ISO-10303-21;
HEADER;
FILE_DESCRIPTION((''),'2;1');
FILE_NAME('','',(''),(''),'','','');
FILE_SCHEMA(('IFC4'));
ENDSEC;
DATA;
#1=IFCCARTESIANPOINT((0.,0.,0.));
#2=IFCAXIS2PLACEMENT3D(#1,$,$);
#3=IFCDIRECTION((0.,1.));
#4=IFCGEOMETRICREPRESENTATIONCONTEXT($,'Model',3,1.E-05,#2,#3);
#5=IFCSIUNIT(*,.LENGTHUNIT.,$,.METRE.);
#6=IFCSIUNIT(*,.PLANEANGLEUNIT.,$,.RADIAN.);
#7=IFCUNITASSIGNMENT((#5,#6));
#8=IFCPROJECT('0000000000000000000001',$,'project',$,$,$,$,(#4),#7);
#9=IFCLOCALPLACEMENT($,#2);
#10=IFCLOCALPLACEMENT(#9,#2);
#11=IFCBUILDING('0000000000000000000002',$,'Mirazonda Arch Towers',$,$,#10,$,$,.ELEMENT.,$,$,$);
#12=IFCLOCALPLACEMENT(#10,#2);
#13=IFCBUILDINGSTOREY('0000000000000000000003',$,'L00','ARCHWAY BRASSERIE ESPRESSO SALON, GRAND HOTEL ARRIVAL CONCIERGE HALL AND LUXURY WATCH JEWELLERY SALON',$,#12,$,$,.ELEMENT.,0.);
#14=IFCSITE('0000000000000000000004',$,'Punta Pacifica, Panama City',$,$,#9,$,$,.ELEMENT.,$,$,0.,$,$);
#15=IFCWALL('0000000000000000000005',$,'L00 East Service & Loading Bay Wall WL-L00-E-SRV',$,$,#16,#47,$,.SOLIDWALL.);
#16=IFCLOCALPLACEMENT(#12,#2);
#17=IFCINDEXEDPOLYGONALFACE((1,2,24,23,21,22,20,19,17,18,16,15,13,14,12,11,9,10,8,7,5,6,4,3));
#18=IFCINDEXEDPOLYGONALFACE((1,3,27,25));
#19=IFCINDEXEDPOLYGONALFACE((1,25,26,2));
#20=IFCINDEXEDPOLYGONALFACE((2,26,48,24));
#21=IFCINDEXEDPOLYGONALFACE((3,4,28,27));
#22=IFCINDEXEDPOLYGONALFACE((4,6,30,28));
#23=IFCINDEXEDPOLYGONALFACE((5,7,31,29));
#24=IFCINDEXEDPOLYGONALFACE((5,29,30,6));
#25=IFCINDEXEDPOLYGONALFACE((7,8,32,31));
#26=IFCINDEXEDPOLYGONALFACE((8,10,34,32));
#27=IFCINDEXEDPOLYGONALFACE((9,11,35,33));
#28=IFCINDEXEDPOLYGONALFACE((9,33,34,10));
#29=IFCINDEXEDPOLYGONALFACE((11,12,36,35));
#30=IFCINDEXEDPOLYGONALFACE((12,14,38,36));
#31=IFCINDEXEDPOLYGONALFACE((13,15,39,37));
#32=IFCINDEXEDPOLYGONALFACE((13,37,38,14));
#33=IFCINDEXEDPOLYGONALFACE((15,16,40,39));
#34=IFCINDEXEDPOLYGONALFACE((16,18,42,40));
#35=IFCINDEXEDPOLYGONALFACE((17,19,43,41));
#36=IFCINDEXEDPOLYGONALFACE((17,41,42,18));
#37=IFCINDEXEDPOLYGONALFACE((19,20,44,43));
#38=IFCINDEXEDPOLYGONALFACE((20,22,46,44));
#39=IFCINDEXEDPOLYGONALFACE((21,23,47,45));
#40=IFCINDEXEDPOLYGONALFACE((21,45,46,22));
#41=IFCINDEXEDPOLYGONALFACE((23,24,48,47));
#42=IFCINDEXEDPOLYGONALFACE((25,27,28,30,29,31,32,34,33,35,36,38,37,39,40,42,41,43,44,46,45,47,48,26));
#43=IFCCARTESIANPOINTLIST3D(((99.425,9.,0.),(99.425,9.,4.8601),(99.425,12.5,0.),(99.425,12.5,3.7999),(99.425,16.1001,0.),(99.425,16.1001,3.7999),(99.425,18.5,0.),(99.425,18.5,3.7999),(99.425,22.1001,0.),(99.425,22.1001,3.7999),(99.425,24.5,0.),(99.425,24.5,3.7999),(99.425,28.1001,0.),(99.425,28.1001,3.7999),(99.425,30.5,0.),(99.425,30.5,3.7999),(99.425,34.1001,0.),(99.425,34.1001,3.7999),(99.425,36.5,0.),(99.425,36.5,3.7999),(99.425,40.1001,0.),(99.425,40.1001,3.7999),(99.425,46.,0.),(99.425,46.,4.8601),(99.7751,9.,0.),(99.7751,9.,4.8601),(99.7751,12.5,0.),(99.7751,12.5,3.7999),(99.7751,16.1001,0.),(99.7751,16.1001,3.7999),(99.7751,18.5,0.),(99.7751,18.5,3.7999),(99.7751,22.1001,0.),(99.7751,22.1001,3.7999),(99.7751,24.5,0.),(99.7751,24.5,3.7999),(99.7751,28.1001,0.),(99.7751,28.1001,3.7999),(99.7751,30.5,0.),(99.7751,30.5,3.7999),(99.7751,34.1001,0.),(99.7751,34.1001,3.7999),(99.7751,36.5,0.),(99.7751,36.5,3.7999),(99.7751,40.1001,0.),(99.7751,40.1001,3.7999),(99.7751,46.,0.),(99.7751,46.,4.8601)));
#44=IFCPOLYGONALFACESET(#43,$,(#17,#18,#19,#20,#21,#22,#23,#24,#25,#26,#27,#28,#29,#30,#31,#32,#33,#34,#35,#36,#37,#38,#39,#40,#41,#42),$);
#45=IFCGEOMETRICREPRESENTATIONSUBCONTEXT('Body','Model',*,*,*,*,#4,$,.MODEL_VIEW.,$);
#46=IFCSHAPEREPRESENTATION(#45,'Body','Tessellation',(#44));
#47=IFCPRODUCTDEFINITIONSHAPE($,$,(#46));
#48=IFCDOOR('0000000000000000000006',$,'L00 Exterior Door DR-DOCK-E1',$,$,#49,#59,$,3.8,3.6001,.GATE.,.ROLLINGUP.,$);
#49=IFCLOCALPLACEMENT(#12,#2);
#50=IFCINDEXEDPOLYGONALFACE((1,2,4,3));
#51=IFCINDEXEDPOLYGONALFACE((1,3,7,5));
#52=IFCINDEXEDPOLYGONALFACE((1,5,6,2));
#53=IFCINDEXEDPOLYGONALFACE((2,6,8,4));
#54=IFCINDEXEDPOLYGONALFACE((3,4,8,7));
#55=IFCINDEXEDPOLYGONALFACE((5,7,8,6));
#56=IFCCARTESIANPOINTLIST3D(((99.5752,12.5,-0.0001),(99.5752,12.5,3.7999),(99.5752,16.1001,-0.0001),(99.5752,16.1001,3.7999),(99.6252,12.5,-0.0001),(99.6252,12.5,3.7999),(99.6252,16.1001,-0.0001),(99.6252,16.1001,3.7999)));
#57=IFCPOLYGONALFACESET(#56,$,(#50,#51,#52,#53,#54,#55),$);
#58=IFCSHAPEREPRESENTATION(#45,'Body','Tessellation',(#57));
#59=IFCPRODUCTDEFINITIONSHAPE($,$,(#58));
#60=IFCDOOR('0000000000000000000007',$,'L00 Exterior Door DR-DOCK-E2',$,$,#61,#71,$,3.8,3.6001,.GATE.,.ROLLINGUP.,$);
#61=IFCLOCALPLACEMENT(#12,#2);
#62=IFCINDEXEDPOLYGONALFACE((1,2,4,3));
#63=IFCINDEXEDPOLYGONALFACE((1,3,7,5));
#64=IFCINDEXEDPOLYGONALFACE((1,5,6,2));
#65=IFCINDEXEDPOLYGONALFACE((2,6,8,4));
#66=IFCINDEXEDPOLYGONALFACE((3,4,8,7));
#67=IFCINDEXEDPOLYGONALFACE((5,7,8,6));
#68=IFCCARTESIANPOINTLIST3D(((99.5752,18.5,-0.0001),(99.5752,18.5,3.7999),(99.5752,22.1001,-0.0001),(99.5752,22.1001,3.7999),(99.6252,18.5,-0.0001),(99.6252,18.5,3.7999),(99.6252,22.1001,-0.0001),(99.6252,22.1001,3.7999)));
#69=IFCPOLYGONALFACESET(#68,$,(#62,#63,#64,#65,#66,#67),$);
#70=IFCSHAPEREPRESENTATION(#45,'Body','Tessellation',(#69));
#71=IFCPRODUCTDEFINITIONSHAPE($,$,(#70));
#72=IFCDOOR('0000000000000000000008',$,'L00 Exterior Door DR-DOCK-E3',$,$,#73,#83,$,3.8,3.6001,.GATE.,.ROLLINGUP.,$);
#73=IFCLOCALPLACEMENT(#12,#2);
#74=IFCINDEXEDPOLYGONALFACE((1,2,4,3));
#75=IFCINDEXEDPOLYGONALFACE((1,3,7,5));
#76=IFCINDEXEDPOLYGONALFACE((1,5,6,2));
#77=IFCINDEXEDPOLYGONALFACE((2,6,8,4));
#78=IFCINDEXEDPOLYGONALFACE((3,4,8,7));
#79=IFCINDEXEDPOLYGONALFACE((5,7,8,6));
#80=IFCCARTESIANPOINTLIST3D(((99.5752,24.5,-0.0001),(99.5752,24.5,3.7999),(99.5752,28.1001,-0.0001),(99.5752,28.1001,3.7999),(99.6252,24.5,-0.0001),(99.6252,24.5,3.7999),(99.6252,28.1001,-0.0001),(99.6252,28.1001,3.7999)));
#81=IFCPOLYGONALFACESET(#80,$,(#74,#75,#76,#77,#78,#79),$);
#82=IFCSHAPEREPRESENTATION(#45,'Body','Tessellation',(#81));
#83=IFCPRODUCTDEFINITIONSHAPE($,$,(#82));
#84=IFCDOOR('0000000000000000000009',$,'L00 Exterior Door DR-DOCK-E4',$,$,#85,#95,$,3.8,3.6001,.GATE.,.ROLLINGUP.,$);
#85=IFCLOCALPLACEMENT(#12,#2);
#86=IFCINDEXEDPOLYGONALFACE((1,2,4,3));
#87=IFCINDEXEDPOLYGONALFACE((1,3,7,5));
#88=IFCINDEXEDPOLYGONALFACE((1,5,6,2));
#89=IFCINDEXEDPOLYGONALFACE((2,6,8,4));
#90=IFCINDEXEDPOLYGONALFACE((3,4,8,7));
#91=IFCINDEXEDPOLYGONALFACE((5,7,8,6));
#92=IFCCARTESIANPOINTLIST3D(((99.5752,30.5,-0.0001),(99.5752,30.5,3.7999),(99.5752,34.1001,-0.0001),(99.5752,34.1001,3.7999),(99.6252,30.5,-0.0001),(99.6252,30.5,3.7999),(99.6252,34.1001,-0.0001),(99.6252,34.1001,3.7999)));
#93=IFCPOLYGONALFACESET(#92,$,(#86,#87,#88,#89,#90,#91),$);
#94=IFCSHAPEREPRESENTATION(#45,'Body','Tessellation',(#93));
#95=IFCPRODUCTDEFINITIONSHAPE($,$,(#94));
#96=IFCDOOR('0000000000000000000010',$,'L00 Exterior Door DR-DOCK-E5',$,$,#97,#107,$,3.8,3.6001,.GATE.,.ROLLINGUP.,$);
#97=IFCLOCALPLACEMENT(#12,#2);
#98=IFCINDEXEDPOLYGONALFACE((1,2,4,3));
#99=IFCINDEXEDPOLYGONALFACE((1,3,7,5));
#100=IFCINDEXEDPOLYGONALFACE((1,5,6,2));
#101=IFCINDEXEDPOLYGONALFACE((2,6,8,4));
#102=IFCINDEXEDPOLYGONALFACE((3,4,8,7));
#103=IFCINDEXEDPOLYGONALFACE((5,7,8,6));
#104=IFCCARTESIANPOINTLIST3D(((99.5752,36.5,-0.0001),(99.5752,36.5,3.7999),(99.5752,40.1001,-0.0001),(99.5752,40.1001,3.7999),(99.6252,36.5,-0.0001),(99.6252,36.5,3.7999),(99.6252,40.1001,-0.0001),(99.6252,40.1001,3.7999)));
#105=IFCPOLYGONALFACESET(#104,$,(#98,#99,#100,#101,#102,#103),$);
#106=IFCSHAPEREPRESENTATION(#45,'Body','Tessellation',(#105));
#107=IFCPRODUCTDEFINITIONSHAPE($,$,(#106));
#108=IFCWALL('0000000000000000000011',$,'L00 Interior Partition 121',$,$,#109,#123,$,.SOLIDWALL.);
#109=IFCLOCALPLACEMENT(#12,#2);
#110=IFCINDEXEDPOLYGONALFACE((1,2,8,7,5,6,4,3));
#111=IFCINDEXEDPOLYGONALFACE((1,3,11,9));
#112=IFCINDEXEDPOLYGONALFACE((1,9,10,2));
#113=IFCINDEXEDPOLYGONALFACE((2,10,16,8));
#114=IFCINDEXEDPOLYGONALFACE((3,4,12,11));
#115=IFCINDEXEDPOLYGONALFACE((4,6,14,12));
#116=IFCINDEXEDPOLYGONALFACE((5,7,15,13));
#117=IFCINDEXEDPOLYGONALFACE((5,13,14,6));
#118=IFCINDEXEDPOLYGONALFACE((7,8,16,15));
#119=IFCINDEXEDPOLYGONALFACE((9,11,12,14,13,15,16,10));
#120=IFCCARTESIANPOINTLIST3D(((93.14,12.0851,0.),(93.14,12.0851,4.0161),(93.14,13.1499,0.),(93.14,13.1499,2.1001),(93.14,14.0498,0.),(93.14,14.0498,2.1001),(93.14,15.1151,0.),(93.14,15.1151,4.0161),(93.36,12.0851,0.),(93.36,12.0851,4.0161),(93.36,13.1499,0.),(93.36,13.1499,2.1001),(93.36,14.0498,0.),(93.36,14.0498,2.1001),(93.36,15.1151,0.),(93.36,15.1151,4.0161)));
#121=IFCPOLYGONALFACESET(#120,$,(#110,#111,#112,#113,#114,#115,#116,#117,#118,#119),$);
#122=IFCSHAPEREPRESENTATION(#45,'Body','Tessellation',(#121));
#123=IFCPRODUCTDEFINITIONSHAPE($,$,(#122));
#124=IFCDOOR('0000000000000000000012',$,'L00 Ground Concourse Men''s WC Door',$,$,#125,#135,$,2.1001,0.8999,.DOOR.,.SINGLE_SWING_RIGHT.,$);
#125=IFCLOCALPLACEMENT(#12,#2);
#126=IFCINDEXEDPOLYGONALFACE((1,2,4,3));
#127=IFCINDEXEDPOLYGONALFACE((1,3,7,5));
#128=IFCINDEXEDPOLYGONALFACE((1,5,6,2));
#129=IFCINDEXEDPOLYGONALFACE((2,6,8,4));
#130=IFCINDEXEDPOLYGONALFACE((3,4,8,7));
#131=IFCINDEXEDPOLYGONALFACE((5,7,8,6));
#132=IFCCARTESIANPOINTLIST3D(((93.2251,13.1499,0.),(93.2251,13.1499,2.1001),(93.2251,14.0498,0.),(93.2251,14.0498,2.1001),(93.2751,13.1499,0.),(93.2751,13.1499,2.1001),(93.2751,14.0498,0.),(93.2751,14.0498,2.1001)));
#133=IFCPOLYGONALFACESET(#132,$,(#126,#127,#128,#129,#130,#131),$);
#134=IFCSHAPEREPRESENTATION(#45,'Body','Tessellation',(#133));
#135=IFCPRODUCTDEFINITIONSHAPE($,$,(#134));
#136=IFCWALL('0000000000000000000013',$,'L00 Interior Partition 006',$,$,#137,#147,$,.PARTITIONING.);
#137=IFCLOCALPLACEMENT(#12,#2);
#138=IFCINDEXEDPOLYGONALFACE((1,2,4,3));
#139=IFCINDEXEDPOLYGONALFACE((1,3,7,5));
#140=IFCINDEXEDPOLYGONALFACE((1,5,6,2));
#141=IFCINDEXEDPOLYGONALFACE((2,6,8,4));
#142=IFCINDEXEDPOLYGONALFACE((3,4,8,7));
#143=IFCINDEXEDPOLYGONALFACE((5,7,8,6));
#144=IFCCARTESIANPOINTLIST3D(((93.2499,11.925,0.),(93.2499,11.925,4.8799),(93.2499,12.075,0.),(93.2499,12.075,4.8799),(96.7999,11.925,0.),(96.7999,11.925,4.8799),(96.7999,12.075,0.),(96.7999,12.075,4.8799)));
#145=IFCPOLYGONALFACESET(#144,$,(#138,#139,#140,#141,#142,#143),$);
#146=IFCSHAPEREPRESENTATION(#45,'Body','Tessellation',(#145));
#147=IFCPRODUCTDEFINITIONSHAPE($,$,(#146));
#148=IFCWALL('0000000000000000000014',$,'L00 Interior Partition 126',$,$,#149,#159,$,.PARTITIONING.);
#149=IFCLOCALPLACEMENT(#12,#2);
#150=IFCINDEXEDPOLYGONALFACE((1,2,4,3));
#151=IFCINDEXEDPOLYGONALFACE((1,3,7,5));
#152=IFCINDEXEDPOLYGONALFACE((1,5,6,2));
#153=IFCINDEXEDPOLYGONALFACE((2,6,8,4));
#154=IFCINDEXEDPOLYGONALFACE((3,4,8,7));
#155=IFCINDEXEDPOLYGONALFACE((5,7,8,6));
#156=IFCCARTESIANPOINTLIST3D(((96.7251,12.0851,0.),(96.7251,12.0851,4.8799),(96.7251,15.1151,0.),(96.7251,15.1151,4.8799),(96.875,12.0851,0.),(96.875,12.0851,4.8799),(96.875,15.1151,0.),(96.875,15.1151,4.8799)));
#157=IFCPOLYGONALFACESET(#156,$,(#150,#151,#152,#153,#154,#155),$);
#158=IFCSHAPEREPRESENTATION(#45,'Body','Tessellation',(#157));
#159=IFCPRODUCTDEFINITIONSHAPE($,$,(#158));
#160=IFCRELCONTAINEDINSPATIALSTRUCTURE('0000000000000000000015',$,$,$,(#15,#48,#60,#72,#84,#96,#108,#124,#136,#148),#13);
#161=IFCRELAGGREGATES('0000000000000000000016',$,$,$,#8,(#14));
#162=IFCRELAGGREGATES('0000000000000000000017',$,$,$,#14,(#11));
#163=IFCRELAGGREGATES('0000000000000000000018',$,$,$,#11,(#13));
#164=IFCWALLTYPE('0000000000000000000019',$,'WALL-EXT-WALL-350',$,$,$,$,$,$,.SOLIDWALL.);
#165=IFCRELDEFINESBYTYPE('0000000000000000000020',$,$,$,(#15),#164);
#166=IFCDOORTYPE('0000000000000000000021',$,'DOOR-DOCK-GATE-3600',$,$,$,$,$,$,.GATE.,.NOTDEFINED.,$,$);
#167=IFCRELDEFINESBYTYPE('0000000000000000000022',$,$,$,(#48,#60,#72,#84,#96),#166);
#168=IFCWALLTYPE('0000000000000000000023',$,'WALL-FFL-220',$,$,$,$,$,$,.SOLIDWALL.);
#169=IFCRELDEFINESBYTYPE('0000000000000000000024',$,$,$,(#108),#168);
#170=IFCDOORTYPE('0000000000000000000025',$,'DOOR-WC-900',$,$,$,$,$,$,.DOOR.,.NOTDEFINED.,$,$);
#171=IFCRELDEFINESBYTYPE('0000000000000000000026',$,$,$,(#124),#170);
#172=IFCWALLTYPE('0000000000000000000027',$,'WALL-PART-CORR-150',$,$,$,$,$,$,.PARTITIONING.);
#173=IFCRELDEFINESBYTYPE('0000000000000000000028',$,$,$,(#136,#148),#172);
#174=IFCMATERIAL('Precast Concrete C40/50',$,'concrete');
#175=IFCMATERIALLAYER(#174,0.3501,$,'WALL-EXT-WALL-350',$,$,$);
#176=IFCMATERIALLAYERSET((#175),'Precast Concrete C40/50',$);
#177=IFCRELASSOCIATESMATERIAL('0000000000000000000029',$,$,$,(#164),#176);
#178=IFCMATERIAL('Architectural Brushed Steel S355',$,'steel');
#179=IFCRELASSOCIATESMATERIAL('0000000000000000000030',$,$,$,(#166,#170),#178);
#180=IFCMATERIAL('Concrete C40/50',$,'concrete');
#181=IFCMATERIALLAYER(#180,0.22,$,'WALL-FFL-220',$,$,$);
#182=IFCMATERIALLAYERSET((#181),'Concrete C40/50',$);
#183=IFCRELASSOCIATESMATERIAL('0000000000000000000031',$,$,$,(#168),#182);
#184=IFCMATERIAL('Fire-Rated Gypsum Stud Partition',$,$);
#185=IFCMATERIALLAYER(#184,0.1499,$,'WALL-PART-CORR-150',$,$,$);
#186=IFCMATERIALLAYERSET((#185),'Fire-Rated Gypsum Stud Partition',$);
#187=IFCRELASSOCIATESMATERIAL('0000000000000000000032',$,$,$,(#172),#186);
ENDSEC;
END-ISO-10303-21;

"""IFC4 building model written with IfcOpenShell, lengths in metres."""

from ifc_helpers import new_model, si_unit, direction, frame, frame_2d, origin, place, context, subcontext, project, spatial, rectangle, extrude, material, layer, layer_set, type_object, element, fill, save


model = new_model("IFC4")

# Units and contexts
model_context = context("Model", 3, precision=1e-05, world=origin(), true_north=direction((0.0, 1.0)))
body_context = subcontext(model_context, "Body", "Model", "MODEL_VIEW")
ifc_project = project(units=[si_unit("LENGTHUNIT", "METRE"), si_unit("PLANEANGLEUNIT", "RADIAN")], contexts=[model_context])

# Site, building, storey
site_placement = place(None, origin())
site = spatial("IfcSite", under=ifc_project, at=site_placement, Name="Punta Pacifica, Panama City", CompositionType="ELEMENT", RefElevation=0.0)
building_placement = place(site_placement, origin())
building = spatial("IfcBuilding", under=site, at=building_placement, Name="Mirazonda Arch Towers", CompositionType="ELEMENT")
storey_placement = place(building_placement, origin())
storey = spatial("IfcBuildingStorey", under=building, at=storey_placement, Name="L00", Description="ARCHWAY BRASSERIE ESPRESSO SALON, GRAND HOTEL ARRIVAL CONCIERGE HALL AND LUXURY WATCH JEWELLERY SALON", CompositionType="ELEMENT", Elevation=0.0)

# Shared definitions
ifc_material_1 = material(Name="Precast Concrete C40/50", Category="concrete")
ifc_layer_1 = layer(ifc_material_1, 0.3501, Name="WALL-EXT-WALL-350")
ifc_layer_set_1 = layer_set([ifc_layer_1], Name="Precast Concrete C40/50")
wall_type_1 = type_object("IfcWallType", Name="WALL-EXT-WALL-350", PredefinedType="SOLIDWALL", material=ifc_layer_set_1)
ifc_material_2 = material(Name="Architectural Brushed Steel S355", Category="steel")

# Wall, openings, doors
wall_1_placement = place(storey_placement, frame((99.6001, 9.0, 0.0), z_axis=(0.0, 0.0, 1.0), x_axis=(0.0, 1.0, 0.0)))
wall_1 = element("IfcWall", 1, at=wall_1_placement, inside=storey, type_object=wall_type_1, Name="L00 East Service & Loading Bay Wall WL-L00-E-SRV", PredefinedType="SOLIDWALL", context=body_context, shape_type="SweptSolid", body=[
    extrude(rectangle(XDim=37.0, YDim=0.3501, at=frame_2d((18.5, 0.0))), origin(), (0.0, 0.0, 1.0), 4.8601),
])
opening_1_placement = place(wall_1_placement, frame((3.5, 0.0, 0.0)))
opening_1 = element("IfcOpeningElement", 2, at=opening_1_placement, cuts=wall_1, PredefinedType="OPENING", context=body_context, shape_type="SweptSolid", body=[
    extrude(rectangle(XDim=3.6001, YDim=3.8, at=frame_2d((1.8, 1.8999))), frame((0.0, 0.1851, 0.0), z_axis=(0.0, -1.0, 0.0), x_axis=(1.0, 0.0, 0.0)), (0.0, 0.0, 1.0), 0.3701),
])
opening_2_placement = place(wall_1_placement, frame((9.5, 0.0, 0.0)))
opening_2 = element("IfcOpeningElement", 3, at=opening_2_placement, cuts=wall_1, PredefinedType="OPENING", context=body_context, shape_type="SweptSolid", body=[
    extrude(rectangle(XDim=3.6001, YDim=3.8, at=frame_2d((1.8, 1.8999))), frame((0.0, 0.1851, 0.0), z_axis=(0.0, -1.0, 0.0), x_axis=(1.0, 0.0, 0.0)), (0.0, 0.0, 1.0), 0.3701),
])
opening_3_placement = place(wall_1_placement, frame((15.5, 0.0, 0.0)))
opening_3 = element("IfcOpeningElement", 4, at=opening_3_placement, cuts=wall_1, PredefinedType="OPENING", context=body_context, shape_type="SweptSolid", body=[
    extrude(rectangle(XDim=3.6001, YDim=3.8, at=frame_2d((1.8, 1.8999))), frame((0.0, 0.1851, 0.0), z_axis=(0.0, -1.0, 0.0), x_axis=(1.0, 0.0, 0.0)), (0.0, 0.0, 1.0), 0.3701),
])
opening_4_placement = place(wall_1_placement, frame((21.5, 0.0, 0.0)))
opening_4 = element("IfcOpeningElement", 5, at=opening_4_placement, cuts=wall_1, PredefinedType="OPENING", context=body_context, shape_type="SweptSolid", body=[
    extrude(rectangle(XDim=3.6001, YDim=3.8, at=frame_2d((1.8, 1.8999))), frame((0.0, 0.1851, 0.0), z_axis=(0.0, -1.0, 0.0), x_axis=(1.0, 0.0, 0.0)), (0.0, 0.0, 1.0), 0.3701),
])
opening_5_placement = place(wall_1_placement, frame((27.5, 0.0, 0.0)))
opening_5 = element("IfcOpeningElement", 6, at=opening_5_placement, cuts=wall_1, PredefinedType="OPENING", context=body_context, shape_type="SweptSolid", body=[
    extrude(rectangle(XDim=3.6001, YDim=3.8, at=frame_2d((1.8, 1.8999))), frame((0.0, 0.1851, 0.0), z_axis=(0.0, -1.0, 0.0), x_axis=(1.0, 0.0, 0.0)), (0.0, 0.0, 1.0), 0.3701),
])
door_type_1 = type_object("IfcDoorType", Name="DOOR-DOCK-GATE-3600", OperationType="NOTDEFINED", PredefinedType="GATE", material=ifc_material_2)
door_1_placement = place(opening_1_placement, origin())
door_1 = element("IfcDoor", 7, at=door_1_placement, inside=storey, type_object=door_type_1, Name="L00 Exterior Door DR-DOCK-E1", OperationType="ROLLINGUP", OverallHeight=3.8, OverallWidth=3.6001, PredefinedType="GATE", context=body_context, shape_type="SweptSolid", body=[
    extrude(rectangle(XDim=3.6001, YDim=3.8, at=frame_2d((1.8, 1.8999))), frame((0.0, 0.0249, 0.0), z_axis=(0.0, -1.0, 0.0), x_axis=(1.0, 0.0, 0.0)), (0.0, 0.0, 1.0), 0.05),
])
fill(opening_1, door_1)
door_2_placement = place(opening_2_placement, origin())
door_2 = element("IfcDoor", 8, at=door_2_placement, inside=storey, type_object=door_type_1, Name="L00 Exterior Door DR-DOCK-E2", OperationType="ROLLINGUP", OverallHeight=3.8, OverallWidth=3.6001, PredefinedType="GATE", context=body_context, shape_type="SweptSolid", body=[
    extrude(rectangle(XDim=3.6001, YDim=3.8, at=frame_2d((1.8, 1.8999))), frame((0.0, 0.0249, 0.0), z_axis=(0.0, -1.0, 0.0), x_axis=(1.0, 0.0, 0.0)), (0.0, 0.0, 1.0), 0.05),
])
fill(opening_2, door_2)
door_3_placement = place(opening_3_placement, origin())
door_3 = element("IfcDoor", 9, at=door_3_placement, inside=storey, type_object=door_type_1, Name="L00 Exterior Door DR-DOCK-E3", OperationType="ROLLINGUP", OverallHeight=3.8, OverallWidth=3.6001, PredefinedType="GATE", context=body_context, shape_type="SweptSolid", body=[
    extrude(rectangle(XDim=3.6001, YDim=3.8, at=frame_2d((1.8, 1.8999))), frame((0.0, 0.0249, 0.0), z_axis=(0.0, -1.0, 0.0), x_axis=(1.0, 0.0, 0.0)), (0.0, 0.0, 1.0), 0.05),
])
fill(opening_3, door_3)
door_4_placement = place(opening_4_placement, origin())
door_4 = element("IfcDoor", 10, at=door_4_placement, inside=storey, type_object=door_type_1, Name="L00 Exterior Door DR-DOCK-E4", OperationType="ROLLINGUP", OverallHeight=3.8, OverallWidth=3.6001, PredefinedType="GATE", context=body_context, shape_type="SweptSolid", body=[
    extrude(rectangle(XDim=3.6001, YDim=3.8, at=frame_2d((1.8, 1.8999))), frame((0.0, 0.0249, 0.0), z_axis=(0.0, -1.0, 0.0), x_axis=(1.0, 0.0, 0.0)), (0.0, 0.0, 1.0), 0.05),
])
fill(opening_4, door_4)
door_5_placement = place(opening_5_placement, origin())
door_5 = element("IfcDoor", 11, at=door_5_placement, inside=storey, type_object=door_type_1, Name="L00 Exterior Door DR-DOCK-E5", OperationType="ROLLINGUP", OverallHeight=3.8, OverallWidth=3.6001, PredefinedType="GATE", context=body_context, shape_type="SweptSolid", body=[
    extrude(rectangle(XDim=3.6001, YDim=3.8, at=frame_2d((1.8, 1.8999))), frame((0.0, 0.0249, 0.0), z_axis=(0.0, -1.0, 0.0), x_axis=(1.0, 0.0, 0.0)), (0.0, 0.0, 1.0), 0.05),
])
fill(opening_5, door_5)

# Wall, opening, door
ifc_material_3 = material(Name="Concrete C40/50", Category="concrete")
ifc_layer_2 = layer(ifc_material_3, 0.22, Name="WALL-FFL-220")
ifc_layer_set_2 = layer_set([ifc_layer_2], Name="Concrete C40/50")
wall_type_2 = type_object("IfcWallType", Name="WALL-FFL-220", PredefinedType="SOLIDWALL", material=ifc_layer_set_2)
wall_2_placement = place(storey_placement, frame((93.25, 12.085, 0.0), z_axis=(0.0, 0.0, 1.0), x_axis=(0.0, 1.0, 0.0)))
wall_2 = element("IfcWall", 12, at=wall_2_placement, inside=storey, type_object=wall_type_2, Name="L00 Interior Partition 121", PredefinedType="SOLIDWALL", context=body_context, shape_type="SweptSolid", body=[
    extrude(rectangle(XDim=3.03, YDim=0.22, at=frame_2d((1.5151, 0.0))), origin(), (0.0, 0.0, 1.0), 4.0161),
])
opening_6_placement = place(wall_2_placement, frame((1.0649, 0.0, 0.0)))
opening_6 = element("IfcOpeningElement", 13, at=opening_6_placement, cuts=wall_2, PredefinedType="OPENING", context=body_context, shape_type="SweptSolid", body=[
    extrude(rectangle(XDim=0.8999, YDim=2.1001, at=frame_2d((0.45, 1.05))), frame((0.0, 0.1199, 0.0), z_axis=(0.0, -1.0, 0.0), x_axis=(1.0, 0.0, 0.0)), (0.0, 0.0, 1.0), 0.24),
])
door_type_2 = type_object("IfcDoorType", Name="DOOR-WC-900", OperationType="NOTDEFINED", PredefinedType="DOOR", material=ifc_material_2)
door_6_placement = place(opening_6_placement, origin())
door_6 = element("IfcDoor", 14, at=door_6_placement, inside=storey, type_object=door_type_2, Name="L00 Ground Concourse Men's WC Door", OperationType="SINGLE_SWING_RIGHT", OverallHeight=2.1001, OverallWidth=0.8999, PredefinedType="DOOR", context=body_context, shape_type="SweptSolid", body=[
    extrude(rectangle(XDim=0.8999, YDim=2.1001, at=frame_2d((0.45, 1.05))), frame((0.0, 0.0249, 0.0), z_axis=(0.0, -1.0, 0.0), x_axis=(1.0, 0.0, 0.0)), (0.0, 0.0, 1.0), 0.05),
])
fill(opening_6, door_6)

# Walls
ifc_material_4 = material(Name="Fire-Rated Gypsum Stud Partition")
ifc_layer_3 = layer(ifc_material_4, 0.1499, Name="WALL-PART-CORR-150")
ifc_layer_set_3 = layer_set([ifc_layer_3], Name="Fire-Rated Gypsum Stud Partition")
wall_type_3 = type_object("IfcWallType", Name="WALL-PART-CORR-150", PredefinedType="PARTITIONING", material=ifc_layer_set_3)
wall_3_placement = place(storey_placement, frame((93.25, 12.0, 0.0), z_axis=(0.0, 0.0, 1.0), x_axis=(1.0, 0.0, 0.0)))
element("IfcWall", 15, at=wall_3_placement, inside=storey, type_object=wall_type_3, Name="L00 Interior Partition 006", PredefinedType="PARTITIONING", context=body_context, shape_type="SweptSolid", body=[
    extrude(rectangle(XDim=3.55, YDim=0.1499, at=frame_2d((1.7749, 0.0))), origin(), (0.0, 0.0, 1.0), 4.8799),
])
wall_4_placement = place(storey_placement, frame((96.8, 12.085, 0.0), z_axis=(0.0, 0.0, 1.0), x_axis=(0.0, 1.0, 0.0)))
element("IfcWall", 16, at=wall_4_placement, inside=storey, type_object=wall_type_3, Name="L00 Interior Partition 126", PredefinedType="PARTITIONING", context=body_context, shape_type="SweptSolid", body=[
    extrude(rectangle(XDim=3.03, YDim=0.1499, at=frame_2d((1.5151, 0.0))), origin(), (0.0, 0.0, 1.0), 4.8799),
])

save(model, "model.ifc")
